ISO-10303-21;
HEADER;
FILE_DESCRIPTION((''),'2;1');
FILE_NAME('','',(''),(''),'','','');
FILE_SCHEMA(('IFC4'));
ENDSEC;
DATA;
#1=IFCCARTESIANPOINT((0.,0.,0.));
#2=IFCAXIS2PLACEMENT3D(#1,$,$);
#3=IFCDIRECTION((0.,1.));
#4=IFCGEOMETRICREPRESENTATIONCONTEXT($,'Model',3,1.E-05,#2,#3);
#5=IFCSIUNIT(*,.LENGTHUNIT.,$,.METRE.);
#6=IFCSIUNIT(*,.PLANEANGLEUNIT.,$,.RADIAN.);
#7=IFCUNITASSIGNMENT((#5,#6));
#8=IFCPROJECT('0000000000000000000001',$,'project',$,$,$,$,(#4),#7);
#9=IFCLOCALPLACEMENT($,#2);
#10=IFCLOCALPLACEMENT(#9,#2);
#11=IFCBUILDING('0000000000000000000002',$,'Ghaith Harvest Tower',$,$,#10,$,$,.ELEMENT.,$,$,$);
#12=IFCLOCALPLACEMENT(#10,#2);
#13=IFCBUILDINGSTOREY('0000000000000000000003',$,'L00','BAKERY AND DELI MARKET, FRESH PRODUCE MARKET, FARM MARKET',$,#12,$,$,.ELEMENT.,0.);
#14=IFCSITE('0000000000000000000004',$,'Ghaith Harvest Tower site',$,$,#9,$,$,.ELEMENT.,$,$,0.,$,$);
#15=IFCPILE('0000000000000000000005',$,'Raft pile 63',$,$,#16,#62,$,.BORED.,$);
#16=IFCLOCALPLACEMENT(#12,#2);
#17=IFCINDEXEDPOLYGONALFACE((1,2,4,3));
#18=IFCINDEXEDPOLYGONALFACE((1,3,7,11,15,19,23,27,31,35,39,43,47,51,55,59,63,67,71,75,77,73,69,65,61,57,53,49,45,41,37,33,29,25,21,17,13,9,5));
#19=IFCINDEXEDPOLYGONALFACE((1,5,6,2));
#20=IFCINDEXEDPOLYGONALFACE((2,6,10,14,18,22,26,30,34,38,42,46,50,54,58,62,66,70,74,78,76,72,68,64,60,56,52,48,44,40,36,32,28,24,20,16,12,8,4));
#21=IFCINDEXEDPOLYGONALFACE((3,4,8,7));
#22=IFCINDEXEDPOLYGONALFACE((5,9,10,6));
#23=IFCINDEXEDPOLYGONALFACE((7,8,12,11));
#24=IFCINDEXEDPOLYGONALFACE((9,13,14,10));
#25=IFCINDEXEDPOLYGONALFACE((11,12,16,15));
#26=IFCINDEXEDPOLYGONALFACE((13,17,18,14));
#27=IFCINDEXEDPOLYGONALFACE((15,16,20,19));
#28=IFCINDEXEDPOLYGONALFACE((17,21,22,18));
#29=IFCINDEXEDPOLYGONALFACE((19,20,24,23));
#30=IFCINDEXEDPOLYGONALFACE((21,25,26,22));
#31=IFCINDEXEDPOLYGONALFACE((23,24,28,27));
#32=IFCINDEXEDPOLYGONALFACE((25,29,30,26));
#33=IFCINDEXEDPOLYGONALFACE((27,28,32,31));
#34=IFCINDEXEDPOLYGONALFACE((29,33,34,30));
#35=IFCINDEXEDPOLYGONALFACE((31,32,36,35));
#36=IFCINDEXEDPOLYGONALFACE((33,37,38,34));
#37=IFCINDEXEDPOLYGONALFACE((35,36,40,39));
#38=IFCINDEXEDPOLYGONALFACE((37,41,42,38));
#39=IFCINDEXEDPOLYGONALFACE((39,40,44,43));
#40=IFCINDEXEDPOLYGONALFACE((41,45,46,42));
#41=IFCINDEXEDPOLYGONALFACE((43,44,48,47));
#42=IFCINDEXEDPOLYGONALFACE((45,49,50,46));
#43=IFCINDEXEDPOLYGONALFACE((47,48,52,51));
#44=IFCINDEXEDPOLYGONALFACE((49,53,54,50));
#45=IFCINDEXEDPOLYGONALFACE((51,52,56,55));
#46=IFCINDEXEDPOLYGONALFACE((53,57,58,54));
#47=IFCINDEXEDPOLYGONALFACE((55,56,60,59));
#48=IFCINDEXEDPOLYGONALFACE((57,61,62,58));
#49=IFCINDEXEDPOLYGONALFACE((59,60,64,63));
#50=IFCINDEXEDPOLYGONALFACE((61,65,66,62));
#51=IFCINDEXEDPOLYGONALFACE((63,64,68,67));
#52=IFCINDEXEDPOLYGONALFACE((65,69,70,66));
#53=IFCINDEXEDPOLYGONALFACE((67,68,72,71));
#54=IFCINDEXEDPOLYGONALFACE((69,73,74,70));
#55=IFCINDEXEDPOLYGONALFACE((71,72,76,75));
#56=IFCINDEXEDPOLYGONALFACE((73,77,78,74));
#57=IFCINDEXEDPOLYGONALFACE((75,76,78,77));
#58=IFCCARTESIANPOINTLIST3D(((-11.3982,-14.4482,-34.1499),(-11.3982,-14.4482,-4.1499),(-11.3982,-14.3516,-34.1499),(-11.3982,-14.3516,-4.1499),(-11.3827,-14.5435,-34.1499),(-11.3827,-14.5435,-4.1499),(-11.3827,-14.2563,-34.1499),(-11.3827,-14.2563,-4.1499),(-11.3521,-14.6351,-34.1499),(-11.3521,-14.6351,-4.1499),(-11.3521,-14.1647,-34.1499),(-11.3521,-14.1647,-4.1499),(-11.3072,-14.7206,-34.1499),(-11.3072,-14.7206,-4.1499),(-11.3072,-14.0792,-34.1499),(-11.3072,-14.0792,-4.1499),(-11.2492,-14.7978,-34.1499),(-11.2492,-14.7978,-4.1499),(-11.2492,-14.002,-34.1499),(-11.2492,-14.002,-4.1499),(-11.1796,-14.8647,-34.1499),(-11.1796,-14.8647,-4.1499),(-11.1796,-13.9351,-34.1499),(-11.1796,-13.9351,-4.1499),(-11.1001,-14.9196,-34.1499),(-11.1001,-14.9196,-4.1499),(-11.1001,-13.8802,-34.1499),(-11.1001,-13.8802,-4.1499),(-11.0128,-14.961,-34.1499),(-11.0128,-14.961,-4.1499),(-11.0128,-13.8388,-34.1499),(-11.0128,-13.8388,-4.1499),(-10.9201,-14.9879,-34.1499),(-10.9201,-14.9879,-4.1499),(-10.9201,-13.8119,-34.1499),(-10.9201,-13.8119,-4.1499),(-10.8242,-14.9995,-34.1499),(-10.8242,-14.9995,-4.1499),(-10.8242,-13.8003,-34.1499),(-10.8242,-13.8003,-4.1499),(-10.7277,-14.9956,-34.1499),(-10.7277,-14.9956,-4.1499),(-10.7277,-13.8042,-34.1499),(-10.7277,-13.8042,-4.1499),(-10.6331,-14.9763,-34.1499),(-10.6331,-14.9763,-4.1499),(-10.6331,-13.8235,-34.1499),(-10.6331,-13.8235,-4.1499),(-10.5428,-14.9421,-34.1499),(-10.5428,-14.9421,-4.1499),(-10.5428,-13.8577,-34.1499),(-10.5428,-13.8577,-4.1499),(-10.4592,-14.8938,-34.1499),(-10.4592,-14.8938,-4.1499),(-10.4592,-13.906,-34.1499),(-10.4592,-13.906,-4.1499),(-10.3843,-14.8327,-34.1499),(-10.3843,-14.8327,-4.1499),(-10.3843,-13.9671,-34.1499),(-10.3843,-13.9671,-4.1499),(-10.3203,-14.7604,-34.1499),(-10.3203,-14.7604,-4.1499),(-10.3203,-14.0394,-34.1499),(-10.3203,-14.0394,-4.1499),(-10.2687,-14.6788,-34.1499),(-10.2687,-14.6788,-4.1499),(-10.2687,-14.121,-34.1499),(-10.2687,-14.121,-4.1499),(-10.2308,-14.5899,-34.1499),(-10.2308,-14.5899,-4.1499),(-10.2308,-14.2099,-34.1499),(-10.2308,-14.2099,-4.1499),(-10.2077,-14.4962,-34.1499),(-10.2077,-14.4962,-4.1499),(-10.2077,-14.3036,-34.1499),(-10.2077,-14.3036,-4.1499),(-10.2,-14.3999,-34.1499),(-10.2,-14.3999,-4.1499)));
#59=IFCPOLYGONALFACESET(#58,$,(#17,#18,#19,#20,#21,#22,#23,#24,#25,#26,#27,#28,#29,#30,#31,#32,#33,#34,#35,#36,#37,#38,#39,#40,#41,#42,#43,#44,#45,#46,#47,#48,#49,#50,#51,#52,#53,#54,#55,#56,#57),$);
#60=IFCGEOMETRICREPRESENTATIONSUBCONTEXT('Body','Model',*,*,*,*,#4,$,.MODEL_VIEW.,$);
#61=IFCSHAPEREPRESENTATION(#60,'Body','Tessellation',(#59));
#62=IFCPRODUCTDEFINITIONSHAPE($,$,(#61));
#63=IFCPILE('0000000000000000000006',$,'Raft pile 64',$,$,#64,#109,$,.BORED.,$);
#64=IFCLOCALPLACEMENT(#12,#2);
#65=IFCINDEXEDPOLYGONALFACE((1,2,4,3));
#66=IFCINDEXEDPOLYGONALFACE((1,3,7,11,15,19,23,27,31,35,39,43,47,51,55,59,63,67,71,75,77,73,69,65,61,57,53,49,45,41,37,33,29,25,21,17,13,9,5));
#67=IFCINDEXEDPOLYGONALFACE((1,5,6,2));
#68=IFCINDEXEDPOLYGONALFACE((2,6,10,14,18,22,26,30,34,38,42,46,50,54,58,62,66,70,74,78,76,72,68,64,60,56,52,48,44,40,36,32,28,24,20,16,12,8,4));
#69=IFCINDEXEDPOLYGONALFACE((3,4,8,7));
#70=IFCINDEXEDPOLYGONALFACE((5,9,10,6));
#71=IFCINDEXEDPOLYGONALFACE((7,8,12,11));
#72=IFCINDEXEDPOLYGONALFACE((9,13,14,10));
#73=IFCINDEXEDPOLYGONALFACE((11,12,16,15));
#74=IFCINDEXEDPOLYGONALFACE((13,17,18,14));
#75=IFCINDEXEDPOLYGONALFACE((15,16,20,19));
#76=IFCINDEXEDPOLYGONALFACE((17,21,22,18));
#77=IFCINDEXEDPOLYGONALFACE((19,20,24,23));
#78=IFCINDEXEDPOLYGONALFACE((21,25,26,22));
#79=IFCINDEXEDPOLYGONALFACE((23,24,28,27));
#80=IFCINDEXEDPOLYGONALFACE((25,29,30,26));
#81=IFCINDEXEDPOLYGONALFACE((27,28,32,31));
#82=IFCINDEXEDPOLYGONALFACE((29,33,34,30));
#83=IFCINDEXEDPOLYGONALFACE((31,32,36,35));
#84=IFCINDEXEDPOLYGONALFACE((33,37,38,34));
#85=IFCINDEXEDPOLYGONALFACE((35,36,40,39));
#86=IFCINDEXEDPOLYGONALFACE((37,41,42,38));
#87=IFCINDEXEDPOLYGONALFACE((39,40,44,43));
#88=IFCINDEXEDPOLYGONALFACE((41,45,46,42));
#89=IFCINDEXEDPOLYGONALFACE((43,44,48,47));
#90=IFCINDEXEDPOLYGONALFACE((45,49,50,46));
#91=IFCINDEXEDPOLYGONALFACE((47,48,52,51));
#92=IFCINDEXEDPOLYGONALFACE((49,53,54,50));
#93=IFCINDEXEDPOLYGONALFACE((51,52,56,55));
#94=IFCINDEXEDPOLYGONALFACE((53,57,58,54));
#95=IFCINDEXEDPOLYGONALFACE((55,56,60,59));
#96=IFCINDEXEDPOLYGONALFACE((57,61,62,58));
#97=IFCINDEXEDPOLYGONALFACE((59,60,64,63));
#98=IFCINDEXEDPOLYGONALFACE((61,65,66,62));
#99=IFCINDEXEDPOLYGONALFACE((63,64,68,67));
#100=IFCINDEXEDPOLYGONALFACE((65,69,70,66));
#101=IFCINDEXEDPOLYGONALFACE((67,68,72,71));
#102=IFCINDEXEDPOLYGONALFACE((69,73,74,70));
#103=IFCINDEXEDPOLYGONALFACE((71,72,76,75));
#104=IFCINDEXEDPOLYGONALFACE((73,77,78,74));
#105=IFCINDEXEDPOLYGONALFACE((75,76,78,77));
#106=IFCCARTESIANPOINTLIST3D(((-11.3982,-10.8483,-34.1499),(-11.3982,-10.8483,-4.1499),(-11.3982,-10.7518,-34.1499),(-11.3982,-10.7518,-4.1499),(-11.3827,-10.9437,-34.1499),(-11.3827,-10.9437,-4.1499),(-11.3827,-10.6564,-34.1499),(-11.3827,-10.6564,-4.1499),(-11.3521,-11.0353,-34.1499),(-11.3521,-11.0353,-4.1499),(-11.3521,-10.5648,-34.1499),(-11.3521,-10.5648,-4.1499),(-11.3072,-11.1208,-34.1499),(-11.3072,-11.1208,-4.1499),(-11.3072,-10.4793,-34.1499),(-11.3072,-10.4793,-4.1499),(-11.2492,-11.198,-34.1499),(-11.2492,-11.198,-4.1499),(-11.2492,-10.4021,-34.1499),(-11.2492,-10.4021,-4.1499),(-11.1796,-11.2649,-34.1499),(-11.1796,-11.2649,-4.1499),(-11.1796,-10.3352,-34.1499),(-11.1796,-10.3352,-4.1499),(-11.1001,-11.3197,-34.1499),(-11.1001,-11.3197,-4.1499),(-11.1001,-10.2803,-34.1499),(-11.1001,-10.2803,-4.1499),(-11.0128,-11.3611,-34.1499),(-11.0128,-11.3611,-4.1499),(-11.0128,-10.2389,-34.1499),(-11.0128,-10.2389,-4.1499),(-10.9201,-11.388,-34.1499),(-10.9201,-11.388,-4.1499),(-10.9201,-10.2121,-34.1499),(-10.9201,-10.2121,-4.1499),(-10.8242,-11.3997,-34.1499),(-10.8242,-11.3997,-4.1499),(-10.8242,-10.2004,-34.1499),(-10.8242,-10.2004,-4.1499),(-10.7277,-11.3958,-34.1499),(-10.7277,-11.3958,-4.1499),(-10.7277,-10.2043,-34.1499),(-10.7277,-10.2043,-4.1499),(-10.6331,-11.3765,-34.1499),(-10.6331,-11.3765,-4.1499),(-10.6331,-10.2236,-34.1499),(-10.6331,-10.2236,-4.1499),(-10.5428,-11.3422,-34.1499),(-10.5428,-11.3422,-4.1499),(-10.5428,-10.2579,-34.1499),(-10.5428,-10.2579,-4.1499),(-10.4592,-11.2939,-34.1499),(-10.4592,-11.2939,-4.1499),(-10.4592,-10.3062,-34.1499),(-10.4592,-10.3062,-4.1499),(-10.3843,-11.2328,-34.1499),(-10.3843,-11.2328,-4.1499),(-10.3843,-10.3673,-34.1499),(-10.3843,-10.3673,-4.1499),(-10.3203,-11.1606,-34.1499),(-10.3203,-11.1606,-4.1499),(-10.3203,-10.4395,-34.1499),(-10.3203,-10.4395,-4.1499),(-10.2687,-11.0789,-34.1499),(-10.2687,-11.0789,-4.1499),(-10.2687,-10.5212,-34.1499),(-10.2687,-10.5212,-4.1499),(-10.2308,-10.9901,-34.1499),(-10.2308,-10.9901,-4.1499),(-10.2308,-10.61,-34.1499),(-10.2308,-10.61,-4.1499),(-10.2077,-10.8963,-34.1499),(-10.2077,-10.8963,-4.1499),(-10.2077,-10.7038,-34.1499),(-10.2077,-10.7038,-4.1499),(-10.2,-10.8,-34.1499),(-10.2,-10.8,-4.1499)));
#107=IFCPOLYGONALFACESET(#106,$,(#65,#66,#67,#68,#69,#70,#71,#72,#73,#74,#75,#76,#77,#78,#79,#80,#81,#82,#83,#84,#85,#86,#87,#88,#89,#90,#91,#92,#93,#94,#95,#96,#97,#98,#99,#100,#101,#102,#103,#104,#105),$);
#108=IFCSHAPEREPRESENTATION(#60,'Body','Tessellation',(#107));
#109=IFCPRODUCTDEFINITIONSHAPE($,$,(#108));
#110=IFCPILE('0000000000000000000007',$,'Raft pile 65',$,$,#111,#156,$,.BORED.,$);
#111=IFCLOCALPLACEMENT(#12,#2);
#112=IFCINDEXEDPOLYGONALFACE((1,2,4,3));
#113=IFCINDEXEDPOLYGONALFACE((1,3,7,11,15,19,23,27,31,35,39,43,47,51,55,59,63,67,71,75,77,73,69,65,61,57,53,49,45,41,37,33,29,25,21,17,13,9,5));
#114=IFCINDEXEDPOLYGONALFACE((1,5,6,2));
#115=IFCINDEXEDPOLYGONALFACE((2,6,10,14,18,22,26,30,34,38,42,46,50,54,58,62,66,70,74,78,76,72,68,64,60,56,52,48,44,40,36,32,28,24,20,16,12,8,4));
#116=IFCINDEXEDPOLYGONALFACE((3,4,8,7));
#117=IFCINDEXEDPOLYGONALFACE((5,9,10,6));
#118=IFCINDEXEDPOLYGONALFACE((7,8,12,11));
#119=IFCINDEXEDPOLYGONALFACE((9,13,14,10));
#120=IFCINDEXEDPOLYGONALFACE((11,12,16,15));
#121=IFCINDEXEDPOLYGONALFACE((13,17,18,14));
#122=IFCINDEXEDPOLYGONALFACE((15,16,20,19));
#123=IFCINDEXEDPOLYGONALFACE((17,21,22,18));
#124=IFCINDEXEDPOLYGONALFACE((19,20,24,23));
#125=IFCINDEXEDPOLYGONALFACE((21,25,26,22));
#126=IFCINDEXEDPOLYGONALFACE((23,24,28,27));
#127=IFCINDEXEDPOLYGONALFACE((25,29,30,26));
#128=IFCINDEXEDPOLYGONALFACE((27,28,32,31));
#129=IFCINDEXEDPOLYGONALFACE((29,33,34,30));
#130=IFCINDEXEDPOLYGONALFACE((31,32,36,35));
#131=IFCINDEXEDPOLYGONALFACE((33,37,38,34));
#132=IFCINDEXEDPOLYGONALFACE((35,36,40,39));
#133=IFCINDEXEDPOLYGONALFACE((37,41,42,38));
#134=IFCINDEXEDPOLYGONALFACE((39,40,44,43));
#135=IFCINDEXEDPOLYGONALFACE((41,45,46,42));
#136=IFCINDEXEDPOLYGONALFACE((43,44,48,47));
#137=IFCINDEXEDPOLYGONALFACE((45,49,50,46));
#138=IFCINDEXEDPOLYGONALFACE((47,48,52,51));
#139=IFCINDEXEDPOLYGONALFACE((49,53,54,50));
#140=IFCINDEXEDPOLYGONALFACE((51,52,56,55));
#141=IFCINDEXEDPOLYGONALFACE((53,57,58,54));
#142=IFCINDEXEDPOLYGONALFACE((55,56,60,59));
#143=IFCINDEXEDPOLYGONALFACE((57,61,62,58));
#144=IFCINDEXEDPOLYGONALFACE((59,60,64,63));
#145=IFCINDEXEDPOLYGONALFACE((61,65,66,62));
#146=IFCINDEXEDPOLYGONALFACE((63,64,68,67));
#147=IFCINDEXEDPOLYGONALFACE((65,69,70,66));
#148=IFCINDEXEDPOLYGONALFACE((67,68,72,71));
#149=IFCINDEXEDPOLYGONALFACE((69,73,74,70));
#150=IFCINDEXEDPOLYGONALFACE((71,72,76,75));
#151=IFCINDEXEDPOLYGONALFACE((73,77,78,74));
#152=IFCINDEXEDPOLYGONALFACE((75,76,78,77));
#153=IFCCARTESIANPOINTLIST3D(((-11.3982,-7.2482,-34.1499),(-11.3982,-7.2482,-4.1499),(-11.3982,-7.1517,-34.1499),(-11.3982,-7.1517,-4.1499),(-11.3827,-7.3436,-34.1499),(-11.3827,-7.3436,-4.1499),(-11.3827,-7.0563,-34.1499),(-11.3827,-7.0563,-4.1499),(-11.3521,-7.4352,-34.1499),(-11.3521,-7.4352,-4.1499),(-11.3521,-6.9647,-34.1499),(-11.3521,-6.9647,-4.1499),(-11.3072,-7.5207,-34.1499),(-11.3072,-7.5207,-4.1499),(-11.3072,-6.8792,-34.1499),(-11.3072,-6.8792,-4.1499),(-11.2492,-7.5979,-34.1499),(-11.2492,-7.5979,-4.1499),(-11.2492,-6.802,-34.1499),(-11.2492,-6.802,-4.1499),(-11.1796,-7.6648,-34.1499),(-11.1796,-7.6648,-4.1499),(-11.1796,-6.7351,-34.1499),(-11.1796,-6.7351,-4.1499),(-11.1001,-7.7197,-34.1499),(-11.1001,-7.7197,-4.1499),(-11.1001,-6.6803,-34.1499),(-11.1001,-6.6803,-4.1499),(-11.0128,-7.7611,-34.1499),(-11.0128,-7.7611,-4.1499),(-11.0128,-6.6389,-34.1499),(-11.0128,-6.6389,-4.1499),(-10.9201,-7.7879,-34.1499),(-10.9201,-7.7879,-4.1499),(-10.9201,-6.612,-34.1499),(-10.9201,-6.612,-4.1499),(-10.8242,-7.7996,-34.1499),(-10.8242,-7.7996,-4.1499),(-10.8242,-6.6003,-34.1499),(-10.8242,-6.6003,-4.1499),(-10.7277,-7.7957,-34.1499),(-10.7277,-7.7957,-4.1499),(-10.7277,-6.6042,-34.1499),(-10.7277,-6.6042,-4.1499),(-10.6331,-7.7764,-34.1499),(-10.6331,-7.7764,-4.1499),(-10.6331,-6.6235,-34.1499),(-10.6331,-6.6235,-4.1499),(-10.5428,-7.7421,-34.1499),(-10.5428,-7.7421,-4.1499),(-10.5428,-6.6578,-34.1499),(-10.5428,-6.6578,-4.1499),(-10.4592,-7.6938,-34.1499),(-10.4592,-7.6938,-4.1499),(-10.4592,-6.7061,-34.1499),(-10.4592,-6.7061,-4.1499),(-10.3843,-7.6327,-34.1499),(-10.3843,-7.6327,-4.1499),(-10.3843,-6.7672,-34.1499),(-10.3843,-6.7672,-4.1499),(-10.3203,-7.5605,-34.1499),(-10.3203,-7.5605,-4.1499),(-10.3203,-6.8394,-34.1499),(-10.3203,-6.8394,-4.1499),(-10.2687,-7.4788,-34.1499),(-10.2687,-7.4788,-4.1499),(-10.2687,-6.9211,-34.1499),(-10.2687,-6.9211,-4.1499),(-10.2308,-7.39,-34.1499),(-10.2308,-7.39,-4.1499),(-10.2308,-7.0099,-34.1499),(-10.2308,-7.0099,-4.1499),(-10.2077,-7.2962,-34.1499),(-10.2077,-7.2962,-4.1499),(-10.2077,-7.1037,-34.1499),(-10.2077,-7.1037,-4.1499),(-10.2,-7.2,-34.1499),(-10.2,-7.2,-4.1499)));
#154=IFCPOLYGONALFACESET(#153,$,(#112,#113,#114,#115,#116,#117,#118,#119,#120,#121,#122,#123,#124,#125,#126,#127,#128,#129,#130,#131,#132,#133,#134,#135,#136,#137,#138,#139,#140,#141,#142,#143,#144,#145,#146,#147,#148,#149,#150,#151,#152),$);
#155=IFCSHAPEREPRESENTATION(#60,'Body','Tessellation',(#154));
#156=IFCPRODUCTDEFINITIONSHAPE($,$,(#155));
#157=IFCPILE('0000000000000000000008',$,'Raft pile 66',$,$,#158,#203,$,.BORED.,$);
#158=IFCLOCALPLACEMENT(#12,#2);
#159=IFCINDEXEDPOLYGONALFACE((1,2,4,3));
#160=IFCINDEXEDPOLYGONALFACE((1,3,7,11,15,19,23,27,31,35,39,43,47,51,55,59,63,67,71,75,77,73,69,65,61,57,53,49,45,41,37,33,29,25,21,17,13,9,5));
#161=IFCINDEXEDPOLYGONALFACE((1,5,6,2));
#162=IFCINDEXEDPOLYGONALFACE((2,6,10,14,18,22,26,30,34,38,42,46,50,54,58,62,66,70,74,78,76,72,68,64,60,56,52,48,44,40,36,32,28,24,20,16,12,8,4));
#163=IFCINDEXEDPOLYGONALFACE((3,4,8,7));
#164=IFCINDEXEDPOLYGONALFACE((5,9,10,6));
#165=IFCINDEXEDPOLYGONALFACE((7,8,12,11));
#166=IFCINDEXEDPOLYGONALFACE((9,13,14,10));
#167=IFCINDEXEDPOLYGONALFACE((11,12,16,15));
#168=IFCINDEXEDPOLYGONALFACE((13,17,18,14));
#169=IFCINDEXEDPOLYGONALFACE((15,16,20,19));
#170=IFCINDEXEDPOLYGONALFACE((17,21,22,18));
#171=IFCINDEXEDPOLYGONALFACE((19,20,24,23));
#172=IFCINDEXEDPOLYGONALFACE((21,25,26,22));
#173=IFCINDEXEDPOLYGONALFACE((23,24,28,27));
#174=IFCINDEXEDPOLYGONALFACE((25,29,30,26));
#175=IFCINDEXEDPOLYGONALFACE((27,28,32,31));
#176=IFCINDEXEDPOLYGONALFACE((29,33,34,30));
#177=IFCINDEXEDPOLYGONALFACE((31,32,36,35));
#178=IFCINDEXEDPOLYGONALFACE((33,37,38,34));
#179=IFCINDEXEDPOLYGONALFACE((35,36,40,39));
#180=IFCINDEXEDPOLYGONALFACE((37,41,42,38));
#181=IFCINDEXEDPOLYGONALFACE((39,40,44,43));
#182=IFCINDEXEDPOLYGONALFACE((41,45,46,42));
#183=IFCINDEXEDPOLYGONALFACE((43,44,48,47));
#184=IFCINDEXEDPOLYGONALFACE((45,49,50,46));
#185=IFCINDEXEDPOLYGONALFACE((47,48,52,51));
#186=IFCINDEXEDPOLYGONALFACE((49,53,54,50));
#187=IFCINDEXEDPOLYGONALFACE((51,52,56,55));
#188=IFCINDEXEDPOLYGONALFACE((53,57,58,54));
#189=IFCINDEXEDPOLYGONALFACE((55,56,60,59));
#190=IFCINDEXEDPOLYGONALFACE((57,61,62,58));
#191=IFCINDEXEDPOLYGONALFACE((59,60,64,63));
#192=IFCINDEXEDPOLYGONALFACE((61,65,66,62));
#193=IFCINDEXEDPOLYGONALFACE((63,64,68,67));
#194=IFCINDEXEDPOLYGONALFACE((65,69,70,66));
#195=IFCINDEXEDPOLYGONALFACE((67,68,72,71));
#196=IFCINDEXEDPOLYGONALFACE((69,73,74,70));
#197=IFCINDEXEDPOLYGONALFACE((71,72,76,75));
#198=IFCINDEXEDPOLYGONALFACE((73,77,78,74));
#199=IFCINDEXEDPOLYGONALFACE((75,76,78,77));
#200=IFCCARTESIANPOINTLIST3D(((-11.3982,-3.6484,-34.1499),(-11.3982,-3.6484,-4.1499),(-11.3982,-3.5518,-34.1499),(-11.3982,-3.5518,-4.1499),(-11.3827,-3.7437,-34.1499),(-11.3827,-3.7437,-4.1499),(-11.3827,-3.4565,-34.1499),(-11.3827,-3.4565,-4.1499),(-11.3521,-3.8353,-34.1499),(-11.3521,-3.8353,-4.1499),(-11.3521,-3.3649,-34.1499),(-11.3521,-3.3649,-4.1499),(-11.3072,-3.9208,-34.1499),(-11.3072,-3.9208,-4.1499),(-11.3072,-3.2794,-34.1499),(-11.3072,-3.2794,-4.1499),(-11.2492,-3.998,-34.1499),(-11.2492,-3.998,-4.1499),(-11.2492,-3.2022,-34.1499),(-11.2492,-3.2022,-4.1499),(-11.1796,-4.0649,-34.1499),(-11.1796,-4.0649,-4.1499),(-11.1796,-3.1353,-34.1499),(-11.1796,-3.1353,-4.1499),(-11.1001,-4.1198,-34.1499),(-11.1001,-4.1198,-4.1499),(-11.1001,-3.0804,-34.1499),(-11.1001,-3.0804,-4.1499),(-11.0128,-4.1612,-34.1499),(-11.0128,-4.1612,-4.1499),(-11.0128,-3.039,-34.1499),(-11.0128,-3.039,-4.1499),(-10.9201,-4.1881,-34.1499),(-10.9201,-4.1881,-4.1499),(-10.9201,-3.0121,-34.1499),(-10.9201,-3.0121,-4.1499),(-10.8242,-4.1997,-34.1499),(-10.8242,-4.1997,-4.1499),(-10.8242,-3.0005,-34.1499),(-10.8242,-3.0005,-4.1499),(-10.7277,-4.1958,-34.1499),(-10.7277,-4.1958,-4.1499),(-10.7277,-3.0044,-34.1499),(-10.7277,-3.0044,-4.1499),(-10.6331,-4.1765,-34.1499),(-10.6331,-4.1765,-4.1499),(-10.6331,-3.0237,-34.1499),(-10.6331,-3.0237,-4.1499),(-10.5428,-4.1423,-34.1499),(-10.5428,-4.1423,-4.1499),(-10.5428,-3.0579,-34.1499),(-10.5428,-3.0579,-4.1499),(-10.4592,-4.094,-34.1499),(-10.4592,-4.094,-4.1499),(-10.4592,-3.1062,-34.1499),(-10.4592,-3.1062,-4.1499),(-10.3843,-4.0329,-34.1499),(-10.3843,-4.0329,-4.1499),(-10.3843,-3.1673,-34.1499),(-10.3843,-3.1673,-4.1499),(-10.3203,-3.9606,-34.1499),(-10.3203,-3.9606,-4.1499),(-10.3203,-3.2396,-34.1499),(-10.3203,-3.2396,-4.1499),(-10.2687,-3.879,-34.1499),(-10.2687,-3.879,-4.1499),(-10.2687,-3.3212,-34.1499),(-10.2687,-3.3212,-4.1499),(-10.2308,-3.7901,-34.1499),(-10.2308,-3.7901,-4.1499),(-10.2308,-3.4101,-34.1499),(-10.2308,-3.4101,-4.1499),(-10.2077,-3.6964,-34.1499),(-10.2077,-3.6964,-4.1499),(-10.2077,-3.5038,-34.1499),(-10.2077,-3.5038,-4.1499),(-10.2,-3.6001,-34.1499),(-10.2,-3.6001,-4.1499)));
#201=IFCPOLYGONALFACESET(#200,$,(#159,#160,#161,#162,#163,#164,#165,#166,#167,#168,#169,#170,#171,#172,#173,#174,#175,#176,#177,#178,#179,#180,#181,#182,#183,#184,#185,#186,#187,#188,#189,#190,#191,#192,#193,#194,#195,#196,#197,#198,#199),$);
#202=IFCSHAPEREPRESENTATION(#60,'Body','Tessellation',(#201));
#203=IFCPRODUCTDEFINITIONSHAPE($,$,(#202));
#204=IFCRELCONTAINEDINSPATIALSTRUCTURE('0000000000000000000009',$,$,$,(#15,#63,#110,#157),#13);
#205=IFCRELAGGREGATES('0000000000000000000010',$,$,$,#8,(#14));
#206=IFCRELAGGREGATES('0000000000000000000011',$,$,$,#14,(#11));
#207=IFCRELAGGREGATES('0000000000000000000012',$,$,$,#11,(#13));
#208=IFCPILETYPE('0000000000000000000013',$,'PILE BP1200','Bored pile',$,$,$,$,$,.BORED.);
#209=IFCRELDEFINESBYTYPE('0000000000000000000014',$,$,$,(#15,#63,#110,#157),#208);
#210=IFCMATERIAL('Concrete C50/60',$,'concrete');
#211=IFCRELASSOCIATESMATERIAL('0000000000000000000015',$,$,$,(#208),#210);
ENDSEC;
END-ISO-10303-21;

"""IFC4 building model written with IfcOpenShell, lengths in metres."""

from ifc_helpers import new_model, si_unit, direction, frame, origin, origin_2d, place, context, subcontext, project, spatial, circle, extrude, material, material_profile, profile_set, type_object, element, save


model = new_model("IFC4")

# Units and contexts
model_context = context("Model", 3, precision=1e-05, world=origin(), true_north=direction((0.0, 1.0)))
body_context = subcontext(model_context, "Body", "Model", "MODEL_VIEW")
ifc_project = project(units=[si_unit("LENGTHUNIT", "METRE"), si_unit("PLANEANGLEUNIT", "RADIAN")], contexts=[model_context])

# Site, building, storey
site_placement = place(None, origin())
site = spatial("IfcSite", under=ifc_project, at=site_placement, Name="Ghaith Harvest Tower site", CompositionType="ELEMENT", RefElevation=0.0)
building_placement = place(site_placement, origin())
building = spatial("IfcBuilding", under=site, at=building_placement, Name="Ghaith Harvest Tower", CompositionType="ELEMENT")
storey_placement = place(building_placement, origin())
storey = spatial("IfcBuildingStorey", under=building, at=storey_placement, Name="L00", Description="BAKERY AND DELI MARKET, FRESH PRODUCE MARKET, FARM MARKET", CompositionType="ELEMENT", Elevation=0.0)

# Piles
ifc_material_1 = material(Name="Concrete C50/60", Category="concrete")
ifc_material_profile = material_profile(ifc_material_1, circle(Radius=0.6001, at=origin_2d()), Name="PILE1200")
ifc_profile_set = profile_set([ifc_material_profile], Name="Concrete C50/60")
pile_type = type_object("IfcPileType", Name="PILE BP1200", Description="Bored pile", PredefinedType="BORED", material=ifc_profile_set)
for number, where, z_axis, x_axis, name in (
    (1, (-10.8, -14.3999, -4.1499), (0.0, 0.0, -1.0), (1.0, 0.0, 0.0), "Raft pile 63"),
    (2, (-10.8, -10.8, -4.1499), (0.0, 0.0, -1.0), (1.0, 0.0, 0.0), "Raft pile 64"),
    (3, (-10.8, -7.2, -4.1499), (0.0, 0.0, -1.0), (1.0, 0.0, 0.0), "Raft pile 65"),
    (4, (-10.8, -3.6001, -4.1499), (0.0, 0.0, -1.0), (1.0, 0.0, 0.0), "Raft pile 66"),
):
    element("IfcPile", number, at=place(storey_placement, frame(where, z_axis=z_axis, x_axis=x_axis)), inside=storey, type_object=pile_type, Name=name, PredefinedType="BORED", context=body_context, shape_type="SweptSolid", body=[
        extrude(circle(Radius=0.6001, at=origin_2d()), origin(), (0.0, 0.0, 1.0), 30.0),
    ])

save(model, "model.ifc")
